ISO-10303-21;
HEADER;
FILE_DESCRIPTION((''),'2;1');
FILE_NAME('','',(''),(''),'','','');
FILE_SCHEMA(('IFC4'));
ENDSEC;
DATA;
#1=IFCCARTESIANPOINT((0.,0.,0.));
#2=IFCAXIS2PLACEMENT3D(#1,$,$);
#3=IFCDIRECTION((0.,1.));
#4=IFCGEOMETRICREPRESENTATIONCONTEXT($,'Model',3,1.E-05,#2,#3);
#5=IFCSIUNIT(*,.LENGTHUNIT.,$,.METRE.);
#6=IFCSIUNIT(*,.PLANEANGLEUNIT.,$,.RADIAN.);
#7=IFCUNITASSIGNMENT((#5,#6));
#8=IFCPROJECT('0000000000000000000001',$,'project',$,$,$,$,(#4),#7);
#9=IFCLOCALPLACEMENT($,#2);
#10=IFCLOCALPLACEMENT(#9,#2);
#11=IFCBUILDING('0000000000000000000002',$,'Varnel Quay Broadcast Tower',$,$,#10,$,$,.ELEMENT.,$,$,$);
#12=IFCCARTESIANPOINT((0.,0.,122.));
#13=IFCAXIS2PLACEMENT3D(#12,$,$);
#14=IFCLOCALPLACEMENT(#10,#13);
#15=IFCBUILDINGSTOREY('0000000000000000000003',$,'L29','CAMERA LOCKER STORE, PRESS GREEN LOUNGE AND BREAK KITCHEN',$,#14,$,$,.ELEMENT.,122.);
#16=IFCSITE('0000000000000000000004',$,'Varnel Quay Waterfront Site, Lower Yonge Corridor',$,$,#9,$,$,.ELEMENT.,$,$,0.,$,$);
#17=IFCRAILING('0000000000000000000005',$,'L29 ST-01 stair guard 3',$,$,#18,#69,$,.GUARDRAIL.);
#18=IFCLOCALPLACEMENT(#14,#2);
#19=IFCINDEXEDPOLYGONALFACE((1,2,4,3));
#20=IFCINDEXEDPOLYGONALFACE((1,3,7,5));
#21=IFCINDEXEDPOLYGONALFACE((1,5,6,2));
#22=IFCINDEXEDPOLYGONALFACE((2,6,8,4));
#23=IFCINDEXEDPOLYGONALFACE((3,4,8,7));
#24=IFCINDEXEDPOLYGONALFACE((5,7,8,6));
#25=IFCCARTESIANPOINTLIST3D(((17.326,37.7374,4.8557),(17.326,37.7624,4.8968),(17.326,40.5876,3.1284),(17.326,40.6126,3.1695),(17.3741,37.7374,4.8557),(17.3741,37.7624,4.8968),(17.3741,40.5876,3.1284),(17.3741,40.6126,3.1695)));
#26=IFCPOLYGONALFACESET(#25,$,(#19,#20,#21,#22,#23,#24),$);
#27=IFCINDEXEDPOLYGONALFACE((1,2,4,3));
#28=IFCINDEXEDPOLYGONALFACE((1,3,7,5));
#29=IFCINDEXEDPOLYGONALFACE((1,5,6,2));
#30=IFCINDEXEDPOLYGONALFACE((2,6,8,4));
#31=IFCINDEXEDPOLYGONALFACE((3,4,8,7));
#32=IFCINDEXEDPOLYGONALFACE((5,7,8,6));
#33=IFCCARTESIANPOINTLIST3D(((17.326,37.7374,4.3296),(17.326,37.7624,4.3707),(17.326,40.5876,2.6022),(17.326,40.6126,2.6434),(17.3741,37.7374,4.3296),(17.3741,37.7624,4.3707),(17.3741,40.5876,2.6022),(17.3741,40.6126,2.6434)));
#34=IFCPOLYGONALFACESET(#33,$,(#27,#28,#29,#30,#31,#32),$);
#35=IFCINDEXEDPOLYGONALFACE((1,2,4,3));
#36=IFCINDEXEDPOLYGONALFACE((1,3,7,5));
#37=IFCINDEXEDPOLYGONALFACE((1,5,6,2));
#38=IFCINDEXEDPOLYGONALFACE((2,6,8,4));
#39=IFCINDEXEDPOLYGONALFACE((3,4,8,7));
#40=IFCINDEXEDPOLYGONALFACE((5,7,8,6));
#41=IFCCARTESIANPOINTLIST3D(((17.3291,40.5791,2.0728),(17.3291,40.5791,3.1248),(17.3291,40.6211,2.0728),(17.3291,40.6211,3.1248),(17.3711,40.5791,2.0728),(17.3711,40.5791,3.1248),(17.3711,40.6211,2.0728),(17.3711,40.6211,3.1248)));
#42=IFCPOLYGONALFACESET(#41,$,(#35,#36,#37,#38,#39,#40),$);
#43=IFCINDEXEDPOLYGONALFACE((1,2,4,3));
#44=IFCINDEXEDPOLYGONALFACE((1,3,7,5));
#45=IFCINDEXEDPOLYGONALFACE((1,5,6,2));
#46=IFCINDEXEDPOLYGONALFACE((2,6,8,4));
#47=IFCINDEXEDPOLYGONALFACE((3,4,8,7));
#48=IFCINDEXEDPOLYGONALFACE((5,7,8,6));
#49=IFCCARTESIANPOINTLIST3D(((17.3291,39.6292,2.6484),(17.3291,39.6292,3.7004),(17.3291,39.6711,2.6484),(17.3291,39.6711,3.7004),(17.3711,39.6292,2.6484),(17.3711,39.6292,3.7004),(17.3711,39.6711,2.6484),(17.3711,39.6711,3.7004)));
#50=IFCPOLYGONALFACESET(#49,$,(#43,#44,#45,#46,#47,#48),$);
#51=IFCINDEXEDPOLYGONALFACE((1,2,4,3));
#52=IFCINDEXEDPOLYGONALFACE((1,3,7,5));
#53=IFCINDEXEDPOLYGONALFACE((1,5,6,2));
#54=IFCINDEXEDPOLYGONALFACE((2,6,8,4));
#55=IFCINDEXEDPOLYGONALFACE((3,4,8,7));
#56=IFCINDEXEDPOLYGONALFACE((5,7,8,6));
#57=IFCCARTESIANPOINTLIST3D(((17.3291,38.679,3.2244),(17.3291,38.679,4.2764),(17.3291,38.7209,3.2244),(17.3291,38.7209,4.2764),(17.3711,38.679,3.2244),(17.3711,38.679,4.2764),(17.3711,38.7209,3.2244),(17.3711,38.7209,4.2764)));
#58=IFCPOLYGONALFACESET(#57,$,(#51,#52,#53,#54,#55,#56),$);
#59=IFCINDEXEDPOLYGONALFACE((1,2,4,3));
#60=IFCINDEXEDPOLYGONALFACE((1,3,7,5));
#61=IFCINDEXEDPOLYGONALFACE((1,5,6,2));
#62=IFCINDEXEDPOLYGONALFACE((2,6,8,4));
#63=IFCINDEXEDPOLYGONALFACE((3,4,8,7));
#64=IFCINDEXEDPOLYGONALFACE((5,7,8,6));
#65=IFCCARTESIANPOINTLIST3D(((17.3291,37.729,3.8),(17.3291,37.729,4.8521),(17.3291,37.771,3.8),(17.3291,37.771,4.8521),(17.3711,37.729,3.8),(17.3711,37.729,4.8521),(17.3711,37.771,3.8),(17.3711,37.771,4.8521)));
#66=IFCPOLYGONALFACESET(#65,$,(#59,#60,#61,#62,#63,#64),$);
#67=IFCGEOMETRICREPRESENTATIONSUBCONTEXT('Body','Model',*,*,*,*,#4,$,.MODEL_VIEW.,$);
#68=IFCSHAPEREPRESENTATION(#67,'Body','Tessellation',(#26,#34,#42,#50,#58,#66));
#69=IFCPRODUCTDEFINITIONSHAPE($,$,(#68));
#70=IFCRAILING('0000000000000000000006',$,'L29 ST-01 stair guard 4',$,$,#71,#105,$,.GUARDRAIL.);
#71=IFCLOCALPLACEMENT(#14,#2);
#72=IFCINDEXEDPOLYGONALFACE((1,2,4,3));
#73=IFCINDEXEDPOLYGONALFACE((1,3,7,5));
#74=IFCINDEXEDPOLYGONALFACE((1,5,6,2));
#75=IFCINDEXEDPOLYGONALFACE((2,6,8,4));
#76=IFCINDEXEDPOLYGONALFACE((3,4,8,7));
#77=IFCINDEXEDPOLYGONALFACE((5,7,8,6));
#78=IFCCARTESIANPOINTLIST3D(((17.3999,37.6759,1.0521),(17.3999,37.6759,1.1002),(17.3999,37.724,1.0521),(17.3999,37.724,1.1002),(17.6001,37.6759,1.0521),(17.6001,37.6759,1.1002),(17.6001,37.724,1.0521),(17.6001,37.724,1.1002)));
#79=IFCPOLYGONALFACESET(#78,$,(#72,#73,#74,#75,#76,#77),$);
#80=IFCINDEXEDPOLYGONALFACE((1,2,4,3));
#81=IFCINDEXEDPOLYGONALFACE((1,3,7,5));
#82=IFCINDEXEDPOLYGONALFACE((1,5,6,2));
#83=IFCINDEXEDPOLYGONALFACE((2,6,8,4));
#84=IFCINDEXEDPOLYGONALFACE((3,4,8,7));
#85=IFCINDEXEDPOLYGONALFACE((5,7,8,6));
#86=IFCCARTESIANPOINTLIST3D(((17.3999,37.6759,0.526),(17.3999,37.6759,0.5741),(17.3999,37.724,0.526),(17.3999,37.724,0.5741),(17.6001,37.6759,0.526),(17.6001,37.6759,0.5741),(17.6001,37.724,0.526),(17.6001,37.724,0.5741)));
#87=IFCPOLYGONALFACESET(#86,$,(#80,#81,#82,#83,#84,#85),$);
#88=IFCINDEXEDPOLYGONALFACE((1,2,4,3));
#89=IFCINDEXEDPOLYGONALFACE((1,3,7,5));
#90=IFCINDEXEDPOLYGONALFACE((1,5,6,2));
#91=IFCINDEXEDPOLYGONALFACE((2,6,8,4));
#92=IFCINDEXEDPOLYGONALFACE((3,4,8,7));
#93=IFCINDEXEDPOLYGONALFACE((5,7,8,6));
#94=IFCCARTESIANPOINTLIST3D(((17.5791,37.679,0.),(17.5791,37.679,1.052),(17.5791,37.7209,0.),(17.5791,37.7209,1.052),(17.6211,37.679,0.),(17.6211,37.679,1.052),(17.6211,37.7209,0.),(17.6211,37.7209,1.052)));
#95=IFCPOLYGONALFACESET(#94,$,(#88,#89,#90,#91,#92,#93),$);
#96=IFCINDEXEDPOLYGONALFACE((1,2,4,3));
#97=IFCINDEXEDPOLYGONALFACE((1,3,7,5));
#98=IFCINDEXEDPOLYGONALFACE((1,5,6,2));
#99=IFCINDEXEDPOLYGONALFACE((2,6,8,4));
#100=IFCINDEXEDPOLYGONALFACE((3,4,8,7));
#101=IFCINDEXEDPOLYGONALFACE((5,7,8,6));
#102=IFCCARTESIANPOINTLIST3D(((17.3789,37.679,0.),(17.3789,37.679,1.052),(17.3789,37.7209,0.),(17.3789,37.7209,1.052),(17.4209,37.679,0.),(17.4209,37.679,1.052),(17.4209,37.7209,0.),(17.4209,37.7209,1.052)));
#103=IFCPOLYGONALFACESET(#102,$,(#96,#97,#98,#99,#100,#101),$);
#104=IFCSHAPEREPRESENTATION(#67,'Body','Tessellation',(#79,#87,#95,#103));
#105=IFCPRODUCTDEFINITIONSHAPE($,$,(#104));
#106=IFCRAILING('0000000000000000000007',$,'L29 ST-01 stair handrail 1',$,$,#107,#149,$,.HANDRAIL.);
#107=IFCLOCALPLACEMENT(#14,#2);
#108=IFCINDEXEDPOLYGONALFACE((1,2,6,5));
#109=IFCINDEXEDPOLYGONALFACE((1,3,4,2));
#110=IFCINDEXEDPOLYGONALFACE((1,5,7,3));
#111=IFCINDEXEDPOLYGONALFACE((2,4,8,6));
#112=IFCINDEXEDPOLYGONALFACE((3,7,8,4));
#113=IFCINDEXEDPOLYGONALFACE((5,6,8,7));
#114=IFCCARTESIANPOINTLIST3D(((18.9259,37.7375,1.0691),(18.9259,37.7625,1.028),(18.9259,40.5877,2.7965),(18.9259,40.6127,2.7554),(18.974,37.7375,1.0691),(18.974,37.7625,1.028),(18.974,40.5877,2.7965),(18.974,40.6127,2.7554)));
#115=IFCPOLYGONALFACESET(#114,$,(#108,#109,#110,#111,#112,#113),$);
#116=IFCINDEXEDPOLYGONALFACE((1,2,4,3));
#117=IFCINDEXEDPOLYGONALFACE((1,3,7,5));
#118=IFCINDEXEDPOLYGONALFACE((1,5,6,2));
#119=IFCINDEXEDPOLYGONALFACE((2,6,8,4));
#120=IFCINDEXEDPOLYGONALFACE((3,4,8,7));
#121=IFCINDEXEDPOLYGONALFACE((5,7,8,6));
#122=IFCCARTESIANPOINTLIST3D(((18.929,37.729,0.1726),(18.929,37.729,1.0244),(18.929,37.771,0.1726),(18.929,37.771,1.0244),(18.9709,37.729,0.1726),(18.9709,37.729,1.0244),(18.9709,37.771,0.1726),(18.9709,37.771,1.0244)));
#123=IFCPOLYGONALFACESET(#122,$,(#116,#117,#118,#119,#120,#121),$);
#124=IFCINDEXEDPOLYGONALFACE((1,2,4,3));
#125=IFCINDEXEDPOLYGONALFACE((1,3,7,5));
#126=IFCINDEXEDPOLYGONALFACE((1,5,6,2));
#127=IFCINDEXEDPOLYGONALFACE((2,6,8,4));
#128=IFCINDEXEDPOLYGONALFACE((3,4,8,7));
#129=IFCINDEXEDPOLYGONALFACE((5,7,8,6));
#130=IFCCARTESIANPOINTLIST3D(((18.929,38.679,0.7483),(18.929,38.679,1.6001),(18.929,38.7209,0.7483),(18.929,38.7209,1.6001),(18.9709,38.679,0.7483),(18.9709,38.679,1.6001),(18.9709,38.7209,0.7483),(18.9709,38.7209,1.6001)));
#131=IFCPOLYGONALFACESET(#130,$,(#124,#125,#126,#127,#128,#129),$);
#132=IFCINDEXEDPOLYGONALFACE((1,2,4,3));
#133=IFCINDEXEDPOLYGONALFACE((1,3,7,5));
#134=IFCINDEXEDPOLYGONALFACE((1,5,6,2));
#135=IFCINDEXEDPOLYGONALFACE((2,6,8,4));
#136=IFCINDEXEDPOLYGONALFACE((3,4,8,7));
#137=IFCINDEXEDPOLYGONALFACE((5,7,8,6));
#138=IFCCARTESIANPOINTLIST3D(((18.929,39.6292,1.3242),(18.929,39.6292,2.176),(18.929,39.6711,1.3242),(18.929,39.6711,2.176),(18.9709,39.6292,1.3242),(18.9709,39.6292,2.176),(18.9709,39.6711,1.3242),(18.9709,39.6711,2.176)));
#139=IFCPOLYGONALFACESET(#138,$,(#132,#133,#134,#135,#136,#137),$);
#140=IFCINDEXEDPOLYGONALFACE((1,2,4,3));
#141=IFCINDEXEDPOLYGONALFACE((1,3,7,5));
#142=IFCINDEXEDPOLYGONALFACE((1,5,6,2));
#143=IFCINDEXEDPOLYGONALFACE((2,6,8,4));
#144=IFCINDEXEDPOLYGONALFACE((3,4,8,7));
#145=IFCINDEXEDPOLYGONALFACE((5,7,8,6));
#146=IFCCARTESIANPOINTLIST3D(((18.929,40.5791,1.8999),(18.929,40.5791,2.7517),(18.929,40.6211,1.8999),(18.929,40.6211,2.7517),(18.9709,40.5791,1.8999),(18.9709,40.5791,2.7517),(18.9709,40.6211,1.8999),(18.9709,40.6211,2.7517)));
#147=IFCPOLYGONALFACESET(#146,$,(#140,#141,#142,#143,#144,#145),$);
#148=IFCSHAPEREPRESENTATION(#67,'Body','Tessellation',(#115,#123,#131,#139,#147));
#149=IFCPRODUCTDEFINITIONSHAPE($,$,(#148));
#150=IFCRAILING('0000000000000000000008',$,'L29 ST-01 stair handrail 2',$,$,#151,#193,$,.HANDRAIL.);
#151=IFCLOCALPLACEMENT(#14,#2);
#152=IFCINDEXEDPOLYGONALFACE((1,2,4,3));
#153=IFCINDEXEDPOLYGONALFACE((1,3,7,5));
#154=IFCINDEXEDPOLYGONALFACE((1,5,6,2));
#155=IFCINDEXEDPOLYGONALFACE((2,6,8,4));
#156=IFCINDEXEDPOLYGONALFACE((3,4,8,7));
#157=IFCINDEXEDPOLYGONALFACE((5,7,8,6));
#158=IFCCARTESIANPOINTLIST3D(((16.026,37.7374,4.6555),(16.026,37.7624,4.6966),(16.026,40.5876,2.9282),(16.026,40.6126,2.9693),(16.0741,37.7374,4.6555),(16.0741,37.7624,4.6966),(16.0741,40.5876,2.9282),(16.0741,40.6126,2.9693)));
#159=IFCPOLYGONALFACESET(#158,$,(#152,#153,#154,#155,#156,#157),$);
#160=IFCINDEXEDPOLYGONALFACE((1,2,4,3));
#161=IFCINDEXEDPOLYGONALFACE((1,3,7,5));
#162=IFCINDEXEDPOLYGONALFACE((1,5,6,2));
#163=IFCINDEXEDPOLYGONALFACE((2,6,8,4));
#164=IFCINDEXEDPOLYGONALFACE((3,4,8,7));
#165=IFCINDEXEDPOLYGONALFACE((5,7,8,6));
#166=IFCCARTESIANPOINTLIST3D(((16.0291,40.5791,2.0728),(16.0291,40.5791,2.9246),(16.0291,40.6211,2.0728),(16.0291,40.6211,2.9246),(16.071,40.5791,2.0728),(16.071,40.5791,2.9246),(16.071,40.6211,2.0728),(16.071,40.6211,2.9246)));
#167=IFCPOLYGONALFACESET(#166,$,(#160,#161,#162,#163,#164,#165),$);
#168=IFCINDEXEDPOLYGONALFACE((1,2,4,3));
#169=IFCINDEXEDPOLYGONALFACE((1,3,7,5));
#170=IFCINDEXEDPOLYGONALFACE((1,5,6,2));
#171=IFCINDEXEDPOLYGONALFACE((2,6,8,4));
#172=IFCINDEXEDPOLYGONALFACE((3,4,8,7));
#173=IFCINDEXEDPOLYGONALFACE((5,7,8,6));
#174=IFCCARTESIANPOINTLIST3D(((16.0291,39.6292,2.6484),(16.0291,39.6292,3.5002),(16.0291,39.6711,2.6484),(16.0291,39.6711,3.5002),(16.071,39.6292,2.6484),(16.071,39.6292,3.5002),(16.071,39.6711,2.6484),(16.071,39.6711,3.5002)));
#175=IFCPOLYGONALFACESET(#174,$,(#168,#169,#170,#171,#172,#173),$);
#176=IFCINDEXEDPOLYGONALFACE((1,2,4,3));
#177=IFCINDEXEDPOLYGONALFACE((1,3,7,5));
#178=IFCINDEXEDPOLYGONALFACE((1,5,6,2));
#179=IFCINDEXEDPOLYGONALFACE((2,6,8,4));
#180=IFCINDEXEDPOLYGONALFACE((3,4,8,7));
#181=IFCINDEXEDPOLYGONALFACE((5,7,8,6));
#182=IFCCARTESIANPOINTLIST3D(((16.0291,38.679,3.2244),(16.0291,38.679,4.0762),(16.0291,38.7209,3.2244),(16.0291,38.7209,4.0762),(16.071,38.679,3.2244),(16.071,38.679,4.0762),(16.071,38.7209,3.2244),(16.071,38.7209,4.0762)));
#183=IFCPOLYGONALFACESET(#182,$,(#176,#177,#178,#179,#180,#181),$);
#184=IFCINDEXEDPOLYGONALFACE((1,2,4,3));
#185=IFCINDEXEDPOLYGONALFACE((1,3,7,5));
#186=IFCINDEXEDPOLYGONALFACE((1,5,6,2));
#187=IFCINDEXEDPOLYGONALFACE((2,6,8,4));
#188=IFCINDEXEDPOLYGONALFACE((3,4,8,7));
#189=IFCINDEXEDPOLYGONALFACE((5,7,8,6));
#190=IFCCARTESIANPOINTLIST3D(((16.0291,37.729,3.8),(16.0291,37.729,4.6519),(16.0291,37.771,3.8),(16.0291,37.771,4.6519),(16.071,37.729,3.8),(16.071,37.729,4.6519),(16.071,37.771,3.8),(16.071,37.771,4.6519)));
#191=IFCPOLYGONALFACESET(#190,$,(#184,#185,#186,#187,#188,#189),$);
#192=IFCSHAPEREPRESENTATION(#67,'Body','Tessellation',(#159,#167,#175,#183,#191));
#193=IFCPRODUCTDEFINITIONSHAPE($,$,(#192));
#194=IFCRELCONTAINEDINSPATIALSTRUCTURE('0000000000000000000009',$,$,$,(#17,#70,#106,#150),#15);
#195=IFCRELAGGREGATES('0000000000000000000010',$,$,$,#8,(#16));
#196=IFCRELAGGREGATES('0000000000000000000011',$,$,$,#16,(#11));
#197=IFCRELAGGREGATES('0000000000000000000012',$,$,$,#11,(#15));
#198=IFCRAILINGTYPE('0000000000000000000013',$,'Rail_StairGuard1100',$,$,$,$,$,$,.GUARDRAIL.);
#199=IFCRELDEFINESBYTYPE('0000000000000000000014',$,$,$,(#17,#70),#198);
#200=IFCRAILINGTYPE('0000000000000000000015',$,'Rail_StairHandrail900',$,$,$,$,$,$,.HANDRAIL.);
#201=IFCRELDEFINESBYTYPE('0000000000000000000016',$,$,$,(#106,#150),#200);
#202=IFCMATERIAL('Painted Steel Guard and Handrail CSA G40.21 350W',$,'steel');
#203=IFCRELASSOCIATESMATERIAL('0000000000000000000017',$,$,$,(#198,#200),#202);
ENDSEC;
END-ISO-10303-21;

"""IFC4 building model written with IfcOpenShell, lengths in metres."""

from ifc_helpers import new_model, si_unit, direction, frame, origin, origin_2d, place, context, subcontext, project, spatial, rectangle, extrude, material, type_object, element, save


model = new_model("IFC4")

# Units and contexts
model_context = context("Model", 3, precision=1e-05, world=origin(), true_north=direction((0.0, 1.0)))
body_context = subcontext(model_context, "Body", "Model", "MODEL_VIEW")
ifc_project = project(units=[si_unit("LENGTHUNIT", "METRE"), si_unit("PLANEANGLEUNIT", "RADIAN")], contexts=[model_context])

# Site, building, storey
site_placement = place(None, origin())
site = spatial("IfcSite", under=ifc_project, at=site_placement, Name="Varnel Quay Waterfront Site, Lower Yonge Corridor", CompositionType="ELEMENT", RefElevation=0.0)
building_placement = place(site_placement, origin())
building = spatial("IfcBuilding", under=site, at=building_placement, Name="Varnel Quay Broadcast Tower", CompositionType="ELEMENT")
storey_placement = place(building_placement, frame((0.0, 0.0, 122.0)))
storey = spatial("IfcBuildingStorey", under=building, at=storey_placement, Name="L29", Description="CAMERA LOCKER STORE, PRESS GREEN LOUNGE AND BREAK KITCHEN", CompositionType="ELEMENT", Elevation=122.0)

# Railings
ifc_material_1 = material(Name="Painted Steel Guard and Handrail CSA G40.21 350W", Category="steel")
railing_type_1 = type_object("IfcRailingType", Name="Rail_StairGuard1100", PredefinedType="GUARDRAIL", material=ifc_material_1)
railing_1_placement = place(storey_placement, frame((17.3501, 40.6001, 2.0728)))
element("IfcRailing", 1, at=railing_1_placement, inside=storey, type_object=railing_type_1, Name="L29 ST-01 stair guard 3", PredefinedType="GUARDRAIL", context=body_context, shape_type="SweptSolid", body=[
    extrude(rectangle(XDim=0.0481, YDim=0.0481, at=origin_2d()), frame((0.0, 0.0, 1.0762), z_axis=(0.0, -0.855203, 0.518294), x_axis=(1.0, 0.0, 0.0)), (0.0, 0.0, 1.0), 3.3328),
    extrude(rectangle(XDim=0.0481, YDim=0.0481, at=origin_2d()), frame((0.0, 0.0, 0.55), z_axis=(0.0, -0.855203, 0.518294), x_axis=(1.0, 0.0, 0.0)), (0.0, 0.0, 1.0), 3.3328),
    extrude(rectangle(XDim=0.042, YDim=0.042, at=origin_2d()), origin(), (0.0, 0.0, 1.0), 1.052),
    extrude(rectangle(XDim=0.042, YDim=0.042, at=origin_2d()), frame((0.0, -0.95, 0.5757)), (0.0, 0.0, 1.0), 1.052),
    extrude(rectangle(XDim=0.042, YDim=0.042, at=origin_2d()), frame((0.0, -1.9001, 1.1516)), (0.0, 0.0, 1.0), 1.052),
    extrude(rectangle(XDim=0.042, YDim=0.042, at=origin_2d()), frame((0.0, -2.8501, 1.7273)), (0.0, 0.0, 1.0), 1.052),
])
railing_2_placement = place(storey_placement, frame((17.6001, 37.7, 0.0)))
element("IfcRailing", 2, at=railing_2_placement, inside=storey, type_object=railing_type_1, Name="L29 ST-01 stair guard 4", PredefinedType="GUARDRAIL", context=body_context, shape_type="SweptSolid", body=[
    extrude(rectangle(XDim=0.0481, YDim=0.0481, at=origin_2d()), frame((0.0, 0.0, 1.0762), z_axis=(-1.0, 0.0, 0.0), x_axis=(0.0, -1.0, 0.0)), (0.0, 0.0, 1.0), 0.2002),
    extrude(rectangle(XDim=0.0481, YDim=0.0481, at=origin_2d()), frame((0.0, 0.0, 0.55), z_axis=(-1.0, 0.0, 0.0), x_axis=(0.0, -1.0, 0.0)), (0.0, 0.0, 1.0), 0.2002),
    extrude(rectangle(XDim=0.042, YDim=0.042, at=origin_2d()), origin(), (0.0, 0.0, 1.0), 1.052),
    extrude(rectangle(XDim=0.042, YDim=0.042, at=origin_2d()), frame((-0.2002, 0.0, 0.0)), (0.0, 0.0, 1.0), 1.052),
])
railing_type_2 = type_object("IfcRailingType", Name="Rail_StairHandrail900", PredefinedType="HANDRAIL", material=ifc_material_1)
railing_3_placement = place(storey_placement, frame((18.95, 37.75, 0.1726)))
element("IfcRailing", 3, at=railing_3_placement, inside=storey, type_object=railing_type_2, Name="L29 ST-01 stair handrail 1", PredefinedType="HANDRAIL", context=body_context, shape_type="SweptSolid", body=[
    extrude(rectangle(XDim=0.0481, YDim=0.0481, at=origin_2d()), frame((0.0, 0.0, 0.876), z_axis=(0.0, 0.855203, 0.518294), x_axis=(-1.0, 0.0, 0.0)), (0.0, 0.0, 1.0), 3.3328),
    extrude(rectangle(XDim=0.042, YDim=0.042, at=origin_2d()), origin(), (0.0, 0.0, 1.0), 0.8518),
    extrude(rectangle(XDim=0.042, YDim=0.042, at=origin_2d()), frame((0.0, 0.95, 0.5757)), (0.0, 0.0, 1.0), 0.8518),
    extrude(rectangle(XDim=0.042, YDim=0.042, at=origin_2d()), frame((0.0, 1.9001, 1.1516)), (0.0, 0.0, 1.0), 0.8518),
    extrude(rectangle(XDim=0.042, YDim=0.042, at=origin_2d()), frame((0.0, 2.8501, 1.7273)), (0.0, 0.0, 1.0), 0.8518),
])
railing_4_placement = place(storey_placement, frame((16.05, 40.6001, 2.0728)))
element("IfcRailing", 4, at=railing_4_placement, inside=storey, type_object=railing_type_2, Name="L29 ST-01 stair handrail 2", PredefinedType="HANDRAIL", context=body_context, shape_type="SweptSolid", body=[
    extrude(rectangle(XDim=0.0481, YDim=0.0481, at=origin_2d()), frame((0.0, 0.0, 0.876), z_axis=(0.0, -0.855203, 0.518294), x_axis=(1.0, 0.0, 0.0)), (0.0, 0.0, 1.0), 3.3328),
    extrude(rectangle(XDim=0.042, YDim=0.042, at=origin_2d()), origin(), (0.0, 0.0, 1.0), 0.8518),
    extrude(rectangle(XDim=0.042, YDim=0.042, at=origin_2d()), frame((0.0, -0.95, 0.5757)), (0.0, 0.0, 1.0), 0.8518),
    extrude(rectangle(XDim=0.042, YDim=0.042, at=origin_2d()), frame((0.0, -1.9001, 1.1516)), (0.0, 0.0, 1.0), 0.8518),
    extrude(rectangle(XDim=0.042, YDim=0.042, at=origin_2d()), frame((0.0, -2.8501, 1.7273)), (0.0, 0.0, 1.0), 0.8518),
])

save(model, "model.ifc")
